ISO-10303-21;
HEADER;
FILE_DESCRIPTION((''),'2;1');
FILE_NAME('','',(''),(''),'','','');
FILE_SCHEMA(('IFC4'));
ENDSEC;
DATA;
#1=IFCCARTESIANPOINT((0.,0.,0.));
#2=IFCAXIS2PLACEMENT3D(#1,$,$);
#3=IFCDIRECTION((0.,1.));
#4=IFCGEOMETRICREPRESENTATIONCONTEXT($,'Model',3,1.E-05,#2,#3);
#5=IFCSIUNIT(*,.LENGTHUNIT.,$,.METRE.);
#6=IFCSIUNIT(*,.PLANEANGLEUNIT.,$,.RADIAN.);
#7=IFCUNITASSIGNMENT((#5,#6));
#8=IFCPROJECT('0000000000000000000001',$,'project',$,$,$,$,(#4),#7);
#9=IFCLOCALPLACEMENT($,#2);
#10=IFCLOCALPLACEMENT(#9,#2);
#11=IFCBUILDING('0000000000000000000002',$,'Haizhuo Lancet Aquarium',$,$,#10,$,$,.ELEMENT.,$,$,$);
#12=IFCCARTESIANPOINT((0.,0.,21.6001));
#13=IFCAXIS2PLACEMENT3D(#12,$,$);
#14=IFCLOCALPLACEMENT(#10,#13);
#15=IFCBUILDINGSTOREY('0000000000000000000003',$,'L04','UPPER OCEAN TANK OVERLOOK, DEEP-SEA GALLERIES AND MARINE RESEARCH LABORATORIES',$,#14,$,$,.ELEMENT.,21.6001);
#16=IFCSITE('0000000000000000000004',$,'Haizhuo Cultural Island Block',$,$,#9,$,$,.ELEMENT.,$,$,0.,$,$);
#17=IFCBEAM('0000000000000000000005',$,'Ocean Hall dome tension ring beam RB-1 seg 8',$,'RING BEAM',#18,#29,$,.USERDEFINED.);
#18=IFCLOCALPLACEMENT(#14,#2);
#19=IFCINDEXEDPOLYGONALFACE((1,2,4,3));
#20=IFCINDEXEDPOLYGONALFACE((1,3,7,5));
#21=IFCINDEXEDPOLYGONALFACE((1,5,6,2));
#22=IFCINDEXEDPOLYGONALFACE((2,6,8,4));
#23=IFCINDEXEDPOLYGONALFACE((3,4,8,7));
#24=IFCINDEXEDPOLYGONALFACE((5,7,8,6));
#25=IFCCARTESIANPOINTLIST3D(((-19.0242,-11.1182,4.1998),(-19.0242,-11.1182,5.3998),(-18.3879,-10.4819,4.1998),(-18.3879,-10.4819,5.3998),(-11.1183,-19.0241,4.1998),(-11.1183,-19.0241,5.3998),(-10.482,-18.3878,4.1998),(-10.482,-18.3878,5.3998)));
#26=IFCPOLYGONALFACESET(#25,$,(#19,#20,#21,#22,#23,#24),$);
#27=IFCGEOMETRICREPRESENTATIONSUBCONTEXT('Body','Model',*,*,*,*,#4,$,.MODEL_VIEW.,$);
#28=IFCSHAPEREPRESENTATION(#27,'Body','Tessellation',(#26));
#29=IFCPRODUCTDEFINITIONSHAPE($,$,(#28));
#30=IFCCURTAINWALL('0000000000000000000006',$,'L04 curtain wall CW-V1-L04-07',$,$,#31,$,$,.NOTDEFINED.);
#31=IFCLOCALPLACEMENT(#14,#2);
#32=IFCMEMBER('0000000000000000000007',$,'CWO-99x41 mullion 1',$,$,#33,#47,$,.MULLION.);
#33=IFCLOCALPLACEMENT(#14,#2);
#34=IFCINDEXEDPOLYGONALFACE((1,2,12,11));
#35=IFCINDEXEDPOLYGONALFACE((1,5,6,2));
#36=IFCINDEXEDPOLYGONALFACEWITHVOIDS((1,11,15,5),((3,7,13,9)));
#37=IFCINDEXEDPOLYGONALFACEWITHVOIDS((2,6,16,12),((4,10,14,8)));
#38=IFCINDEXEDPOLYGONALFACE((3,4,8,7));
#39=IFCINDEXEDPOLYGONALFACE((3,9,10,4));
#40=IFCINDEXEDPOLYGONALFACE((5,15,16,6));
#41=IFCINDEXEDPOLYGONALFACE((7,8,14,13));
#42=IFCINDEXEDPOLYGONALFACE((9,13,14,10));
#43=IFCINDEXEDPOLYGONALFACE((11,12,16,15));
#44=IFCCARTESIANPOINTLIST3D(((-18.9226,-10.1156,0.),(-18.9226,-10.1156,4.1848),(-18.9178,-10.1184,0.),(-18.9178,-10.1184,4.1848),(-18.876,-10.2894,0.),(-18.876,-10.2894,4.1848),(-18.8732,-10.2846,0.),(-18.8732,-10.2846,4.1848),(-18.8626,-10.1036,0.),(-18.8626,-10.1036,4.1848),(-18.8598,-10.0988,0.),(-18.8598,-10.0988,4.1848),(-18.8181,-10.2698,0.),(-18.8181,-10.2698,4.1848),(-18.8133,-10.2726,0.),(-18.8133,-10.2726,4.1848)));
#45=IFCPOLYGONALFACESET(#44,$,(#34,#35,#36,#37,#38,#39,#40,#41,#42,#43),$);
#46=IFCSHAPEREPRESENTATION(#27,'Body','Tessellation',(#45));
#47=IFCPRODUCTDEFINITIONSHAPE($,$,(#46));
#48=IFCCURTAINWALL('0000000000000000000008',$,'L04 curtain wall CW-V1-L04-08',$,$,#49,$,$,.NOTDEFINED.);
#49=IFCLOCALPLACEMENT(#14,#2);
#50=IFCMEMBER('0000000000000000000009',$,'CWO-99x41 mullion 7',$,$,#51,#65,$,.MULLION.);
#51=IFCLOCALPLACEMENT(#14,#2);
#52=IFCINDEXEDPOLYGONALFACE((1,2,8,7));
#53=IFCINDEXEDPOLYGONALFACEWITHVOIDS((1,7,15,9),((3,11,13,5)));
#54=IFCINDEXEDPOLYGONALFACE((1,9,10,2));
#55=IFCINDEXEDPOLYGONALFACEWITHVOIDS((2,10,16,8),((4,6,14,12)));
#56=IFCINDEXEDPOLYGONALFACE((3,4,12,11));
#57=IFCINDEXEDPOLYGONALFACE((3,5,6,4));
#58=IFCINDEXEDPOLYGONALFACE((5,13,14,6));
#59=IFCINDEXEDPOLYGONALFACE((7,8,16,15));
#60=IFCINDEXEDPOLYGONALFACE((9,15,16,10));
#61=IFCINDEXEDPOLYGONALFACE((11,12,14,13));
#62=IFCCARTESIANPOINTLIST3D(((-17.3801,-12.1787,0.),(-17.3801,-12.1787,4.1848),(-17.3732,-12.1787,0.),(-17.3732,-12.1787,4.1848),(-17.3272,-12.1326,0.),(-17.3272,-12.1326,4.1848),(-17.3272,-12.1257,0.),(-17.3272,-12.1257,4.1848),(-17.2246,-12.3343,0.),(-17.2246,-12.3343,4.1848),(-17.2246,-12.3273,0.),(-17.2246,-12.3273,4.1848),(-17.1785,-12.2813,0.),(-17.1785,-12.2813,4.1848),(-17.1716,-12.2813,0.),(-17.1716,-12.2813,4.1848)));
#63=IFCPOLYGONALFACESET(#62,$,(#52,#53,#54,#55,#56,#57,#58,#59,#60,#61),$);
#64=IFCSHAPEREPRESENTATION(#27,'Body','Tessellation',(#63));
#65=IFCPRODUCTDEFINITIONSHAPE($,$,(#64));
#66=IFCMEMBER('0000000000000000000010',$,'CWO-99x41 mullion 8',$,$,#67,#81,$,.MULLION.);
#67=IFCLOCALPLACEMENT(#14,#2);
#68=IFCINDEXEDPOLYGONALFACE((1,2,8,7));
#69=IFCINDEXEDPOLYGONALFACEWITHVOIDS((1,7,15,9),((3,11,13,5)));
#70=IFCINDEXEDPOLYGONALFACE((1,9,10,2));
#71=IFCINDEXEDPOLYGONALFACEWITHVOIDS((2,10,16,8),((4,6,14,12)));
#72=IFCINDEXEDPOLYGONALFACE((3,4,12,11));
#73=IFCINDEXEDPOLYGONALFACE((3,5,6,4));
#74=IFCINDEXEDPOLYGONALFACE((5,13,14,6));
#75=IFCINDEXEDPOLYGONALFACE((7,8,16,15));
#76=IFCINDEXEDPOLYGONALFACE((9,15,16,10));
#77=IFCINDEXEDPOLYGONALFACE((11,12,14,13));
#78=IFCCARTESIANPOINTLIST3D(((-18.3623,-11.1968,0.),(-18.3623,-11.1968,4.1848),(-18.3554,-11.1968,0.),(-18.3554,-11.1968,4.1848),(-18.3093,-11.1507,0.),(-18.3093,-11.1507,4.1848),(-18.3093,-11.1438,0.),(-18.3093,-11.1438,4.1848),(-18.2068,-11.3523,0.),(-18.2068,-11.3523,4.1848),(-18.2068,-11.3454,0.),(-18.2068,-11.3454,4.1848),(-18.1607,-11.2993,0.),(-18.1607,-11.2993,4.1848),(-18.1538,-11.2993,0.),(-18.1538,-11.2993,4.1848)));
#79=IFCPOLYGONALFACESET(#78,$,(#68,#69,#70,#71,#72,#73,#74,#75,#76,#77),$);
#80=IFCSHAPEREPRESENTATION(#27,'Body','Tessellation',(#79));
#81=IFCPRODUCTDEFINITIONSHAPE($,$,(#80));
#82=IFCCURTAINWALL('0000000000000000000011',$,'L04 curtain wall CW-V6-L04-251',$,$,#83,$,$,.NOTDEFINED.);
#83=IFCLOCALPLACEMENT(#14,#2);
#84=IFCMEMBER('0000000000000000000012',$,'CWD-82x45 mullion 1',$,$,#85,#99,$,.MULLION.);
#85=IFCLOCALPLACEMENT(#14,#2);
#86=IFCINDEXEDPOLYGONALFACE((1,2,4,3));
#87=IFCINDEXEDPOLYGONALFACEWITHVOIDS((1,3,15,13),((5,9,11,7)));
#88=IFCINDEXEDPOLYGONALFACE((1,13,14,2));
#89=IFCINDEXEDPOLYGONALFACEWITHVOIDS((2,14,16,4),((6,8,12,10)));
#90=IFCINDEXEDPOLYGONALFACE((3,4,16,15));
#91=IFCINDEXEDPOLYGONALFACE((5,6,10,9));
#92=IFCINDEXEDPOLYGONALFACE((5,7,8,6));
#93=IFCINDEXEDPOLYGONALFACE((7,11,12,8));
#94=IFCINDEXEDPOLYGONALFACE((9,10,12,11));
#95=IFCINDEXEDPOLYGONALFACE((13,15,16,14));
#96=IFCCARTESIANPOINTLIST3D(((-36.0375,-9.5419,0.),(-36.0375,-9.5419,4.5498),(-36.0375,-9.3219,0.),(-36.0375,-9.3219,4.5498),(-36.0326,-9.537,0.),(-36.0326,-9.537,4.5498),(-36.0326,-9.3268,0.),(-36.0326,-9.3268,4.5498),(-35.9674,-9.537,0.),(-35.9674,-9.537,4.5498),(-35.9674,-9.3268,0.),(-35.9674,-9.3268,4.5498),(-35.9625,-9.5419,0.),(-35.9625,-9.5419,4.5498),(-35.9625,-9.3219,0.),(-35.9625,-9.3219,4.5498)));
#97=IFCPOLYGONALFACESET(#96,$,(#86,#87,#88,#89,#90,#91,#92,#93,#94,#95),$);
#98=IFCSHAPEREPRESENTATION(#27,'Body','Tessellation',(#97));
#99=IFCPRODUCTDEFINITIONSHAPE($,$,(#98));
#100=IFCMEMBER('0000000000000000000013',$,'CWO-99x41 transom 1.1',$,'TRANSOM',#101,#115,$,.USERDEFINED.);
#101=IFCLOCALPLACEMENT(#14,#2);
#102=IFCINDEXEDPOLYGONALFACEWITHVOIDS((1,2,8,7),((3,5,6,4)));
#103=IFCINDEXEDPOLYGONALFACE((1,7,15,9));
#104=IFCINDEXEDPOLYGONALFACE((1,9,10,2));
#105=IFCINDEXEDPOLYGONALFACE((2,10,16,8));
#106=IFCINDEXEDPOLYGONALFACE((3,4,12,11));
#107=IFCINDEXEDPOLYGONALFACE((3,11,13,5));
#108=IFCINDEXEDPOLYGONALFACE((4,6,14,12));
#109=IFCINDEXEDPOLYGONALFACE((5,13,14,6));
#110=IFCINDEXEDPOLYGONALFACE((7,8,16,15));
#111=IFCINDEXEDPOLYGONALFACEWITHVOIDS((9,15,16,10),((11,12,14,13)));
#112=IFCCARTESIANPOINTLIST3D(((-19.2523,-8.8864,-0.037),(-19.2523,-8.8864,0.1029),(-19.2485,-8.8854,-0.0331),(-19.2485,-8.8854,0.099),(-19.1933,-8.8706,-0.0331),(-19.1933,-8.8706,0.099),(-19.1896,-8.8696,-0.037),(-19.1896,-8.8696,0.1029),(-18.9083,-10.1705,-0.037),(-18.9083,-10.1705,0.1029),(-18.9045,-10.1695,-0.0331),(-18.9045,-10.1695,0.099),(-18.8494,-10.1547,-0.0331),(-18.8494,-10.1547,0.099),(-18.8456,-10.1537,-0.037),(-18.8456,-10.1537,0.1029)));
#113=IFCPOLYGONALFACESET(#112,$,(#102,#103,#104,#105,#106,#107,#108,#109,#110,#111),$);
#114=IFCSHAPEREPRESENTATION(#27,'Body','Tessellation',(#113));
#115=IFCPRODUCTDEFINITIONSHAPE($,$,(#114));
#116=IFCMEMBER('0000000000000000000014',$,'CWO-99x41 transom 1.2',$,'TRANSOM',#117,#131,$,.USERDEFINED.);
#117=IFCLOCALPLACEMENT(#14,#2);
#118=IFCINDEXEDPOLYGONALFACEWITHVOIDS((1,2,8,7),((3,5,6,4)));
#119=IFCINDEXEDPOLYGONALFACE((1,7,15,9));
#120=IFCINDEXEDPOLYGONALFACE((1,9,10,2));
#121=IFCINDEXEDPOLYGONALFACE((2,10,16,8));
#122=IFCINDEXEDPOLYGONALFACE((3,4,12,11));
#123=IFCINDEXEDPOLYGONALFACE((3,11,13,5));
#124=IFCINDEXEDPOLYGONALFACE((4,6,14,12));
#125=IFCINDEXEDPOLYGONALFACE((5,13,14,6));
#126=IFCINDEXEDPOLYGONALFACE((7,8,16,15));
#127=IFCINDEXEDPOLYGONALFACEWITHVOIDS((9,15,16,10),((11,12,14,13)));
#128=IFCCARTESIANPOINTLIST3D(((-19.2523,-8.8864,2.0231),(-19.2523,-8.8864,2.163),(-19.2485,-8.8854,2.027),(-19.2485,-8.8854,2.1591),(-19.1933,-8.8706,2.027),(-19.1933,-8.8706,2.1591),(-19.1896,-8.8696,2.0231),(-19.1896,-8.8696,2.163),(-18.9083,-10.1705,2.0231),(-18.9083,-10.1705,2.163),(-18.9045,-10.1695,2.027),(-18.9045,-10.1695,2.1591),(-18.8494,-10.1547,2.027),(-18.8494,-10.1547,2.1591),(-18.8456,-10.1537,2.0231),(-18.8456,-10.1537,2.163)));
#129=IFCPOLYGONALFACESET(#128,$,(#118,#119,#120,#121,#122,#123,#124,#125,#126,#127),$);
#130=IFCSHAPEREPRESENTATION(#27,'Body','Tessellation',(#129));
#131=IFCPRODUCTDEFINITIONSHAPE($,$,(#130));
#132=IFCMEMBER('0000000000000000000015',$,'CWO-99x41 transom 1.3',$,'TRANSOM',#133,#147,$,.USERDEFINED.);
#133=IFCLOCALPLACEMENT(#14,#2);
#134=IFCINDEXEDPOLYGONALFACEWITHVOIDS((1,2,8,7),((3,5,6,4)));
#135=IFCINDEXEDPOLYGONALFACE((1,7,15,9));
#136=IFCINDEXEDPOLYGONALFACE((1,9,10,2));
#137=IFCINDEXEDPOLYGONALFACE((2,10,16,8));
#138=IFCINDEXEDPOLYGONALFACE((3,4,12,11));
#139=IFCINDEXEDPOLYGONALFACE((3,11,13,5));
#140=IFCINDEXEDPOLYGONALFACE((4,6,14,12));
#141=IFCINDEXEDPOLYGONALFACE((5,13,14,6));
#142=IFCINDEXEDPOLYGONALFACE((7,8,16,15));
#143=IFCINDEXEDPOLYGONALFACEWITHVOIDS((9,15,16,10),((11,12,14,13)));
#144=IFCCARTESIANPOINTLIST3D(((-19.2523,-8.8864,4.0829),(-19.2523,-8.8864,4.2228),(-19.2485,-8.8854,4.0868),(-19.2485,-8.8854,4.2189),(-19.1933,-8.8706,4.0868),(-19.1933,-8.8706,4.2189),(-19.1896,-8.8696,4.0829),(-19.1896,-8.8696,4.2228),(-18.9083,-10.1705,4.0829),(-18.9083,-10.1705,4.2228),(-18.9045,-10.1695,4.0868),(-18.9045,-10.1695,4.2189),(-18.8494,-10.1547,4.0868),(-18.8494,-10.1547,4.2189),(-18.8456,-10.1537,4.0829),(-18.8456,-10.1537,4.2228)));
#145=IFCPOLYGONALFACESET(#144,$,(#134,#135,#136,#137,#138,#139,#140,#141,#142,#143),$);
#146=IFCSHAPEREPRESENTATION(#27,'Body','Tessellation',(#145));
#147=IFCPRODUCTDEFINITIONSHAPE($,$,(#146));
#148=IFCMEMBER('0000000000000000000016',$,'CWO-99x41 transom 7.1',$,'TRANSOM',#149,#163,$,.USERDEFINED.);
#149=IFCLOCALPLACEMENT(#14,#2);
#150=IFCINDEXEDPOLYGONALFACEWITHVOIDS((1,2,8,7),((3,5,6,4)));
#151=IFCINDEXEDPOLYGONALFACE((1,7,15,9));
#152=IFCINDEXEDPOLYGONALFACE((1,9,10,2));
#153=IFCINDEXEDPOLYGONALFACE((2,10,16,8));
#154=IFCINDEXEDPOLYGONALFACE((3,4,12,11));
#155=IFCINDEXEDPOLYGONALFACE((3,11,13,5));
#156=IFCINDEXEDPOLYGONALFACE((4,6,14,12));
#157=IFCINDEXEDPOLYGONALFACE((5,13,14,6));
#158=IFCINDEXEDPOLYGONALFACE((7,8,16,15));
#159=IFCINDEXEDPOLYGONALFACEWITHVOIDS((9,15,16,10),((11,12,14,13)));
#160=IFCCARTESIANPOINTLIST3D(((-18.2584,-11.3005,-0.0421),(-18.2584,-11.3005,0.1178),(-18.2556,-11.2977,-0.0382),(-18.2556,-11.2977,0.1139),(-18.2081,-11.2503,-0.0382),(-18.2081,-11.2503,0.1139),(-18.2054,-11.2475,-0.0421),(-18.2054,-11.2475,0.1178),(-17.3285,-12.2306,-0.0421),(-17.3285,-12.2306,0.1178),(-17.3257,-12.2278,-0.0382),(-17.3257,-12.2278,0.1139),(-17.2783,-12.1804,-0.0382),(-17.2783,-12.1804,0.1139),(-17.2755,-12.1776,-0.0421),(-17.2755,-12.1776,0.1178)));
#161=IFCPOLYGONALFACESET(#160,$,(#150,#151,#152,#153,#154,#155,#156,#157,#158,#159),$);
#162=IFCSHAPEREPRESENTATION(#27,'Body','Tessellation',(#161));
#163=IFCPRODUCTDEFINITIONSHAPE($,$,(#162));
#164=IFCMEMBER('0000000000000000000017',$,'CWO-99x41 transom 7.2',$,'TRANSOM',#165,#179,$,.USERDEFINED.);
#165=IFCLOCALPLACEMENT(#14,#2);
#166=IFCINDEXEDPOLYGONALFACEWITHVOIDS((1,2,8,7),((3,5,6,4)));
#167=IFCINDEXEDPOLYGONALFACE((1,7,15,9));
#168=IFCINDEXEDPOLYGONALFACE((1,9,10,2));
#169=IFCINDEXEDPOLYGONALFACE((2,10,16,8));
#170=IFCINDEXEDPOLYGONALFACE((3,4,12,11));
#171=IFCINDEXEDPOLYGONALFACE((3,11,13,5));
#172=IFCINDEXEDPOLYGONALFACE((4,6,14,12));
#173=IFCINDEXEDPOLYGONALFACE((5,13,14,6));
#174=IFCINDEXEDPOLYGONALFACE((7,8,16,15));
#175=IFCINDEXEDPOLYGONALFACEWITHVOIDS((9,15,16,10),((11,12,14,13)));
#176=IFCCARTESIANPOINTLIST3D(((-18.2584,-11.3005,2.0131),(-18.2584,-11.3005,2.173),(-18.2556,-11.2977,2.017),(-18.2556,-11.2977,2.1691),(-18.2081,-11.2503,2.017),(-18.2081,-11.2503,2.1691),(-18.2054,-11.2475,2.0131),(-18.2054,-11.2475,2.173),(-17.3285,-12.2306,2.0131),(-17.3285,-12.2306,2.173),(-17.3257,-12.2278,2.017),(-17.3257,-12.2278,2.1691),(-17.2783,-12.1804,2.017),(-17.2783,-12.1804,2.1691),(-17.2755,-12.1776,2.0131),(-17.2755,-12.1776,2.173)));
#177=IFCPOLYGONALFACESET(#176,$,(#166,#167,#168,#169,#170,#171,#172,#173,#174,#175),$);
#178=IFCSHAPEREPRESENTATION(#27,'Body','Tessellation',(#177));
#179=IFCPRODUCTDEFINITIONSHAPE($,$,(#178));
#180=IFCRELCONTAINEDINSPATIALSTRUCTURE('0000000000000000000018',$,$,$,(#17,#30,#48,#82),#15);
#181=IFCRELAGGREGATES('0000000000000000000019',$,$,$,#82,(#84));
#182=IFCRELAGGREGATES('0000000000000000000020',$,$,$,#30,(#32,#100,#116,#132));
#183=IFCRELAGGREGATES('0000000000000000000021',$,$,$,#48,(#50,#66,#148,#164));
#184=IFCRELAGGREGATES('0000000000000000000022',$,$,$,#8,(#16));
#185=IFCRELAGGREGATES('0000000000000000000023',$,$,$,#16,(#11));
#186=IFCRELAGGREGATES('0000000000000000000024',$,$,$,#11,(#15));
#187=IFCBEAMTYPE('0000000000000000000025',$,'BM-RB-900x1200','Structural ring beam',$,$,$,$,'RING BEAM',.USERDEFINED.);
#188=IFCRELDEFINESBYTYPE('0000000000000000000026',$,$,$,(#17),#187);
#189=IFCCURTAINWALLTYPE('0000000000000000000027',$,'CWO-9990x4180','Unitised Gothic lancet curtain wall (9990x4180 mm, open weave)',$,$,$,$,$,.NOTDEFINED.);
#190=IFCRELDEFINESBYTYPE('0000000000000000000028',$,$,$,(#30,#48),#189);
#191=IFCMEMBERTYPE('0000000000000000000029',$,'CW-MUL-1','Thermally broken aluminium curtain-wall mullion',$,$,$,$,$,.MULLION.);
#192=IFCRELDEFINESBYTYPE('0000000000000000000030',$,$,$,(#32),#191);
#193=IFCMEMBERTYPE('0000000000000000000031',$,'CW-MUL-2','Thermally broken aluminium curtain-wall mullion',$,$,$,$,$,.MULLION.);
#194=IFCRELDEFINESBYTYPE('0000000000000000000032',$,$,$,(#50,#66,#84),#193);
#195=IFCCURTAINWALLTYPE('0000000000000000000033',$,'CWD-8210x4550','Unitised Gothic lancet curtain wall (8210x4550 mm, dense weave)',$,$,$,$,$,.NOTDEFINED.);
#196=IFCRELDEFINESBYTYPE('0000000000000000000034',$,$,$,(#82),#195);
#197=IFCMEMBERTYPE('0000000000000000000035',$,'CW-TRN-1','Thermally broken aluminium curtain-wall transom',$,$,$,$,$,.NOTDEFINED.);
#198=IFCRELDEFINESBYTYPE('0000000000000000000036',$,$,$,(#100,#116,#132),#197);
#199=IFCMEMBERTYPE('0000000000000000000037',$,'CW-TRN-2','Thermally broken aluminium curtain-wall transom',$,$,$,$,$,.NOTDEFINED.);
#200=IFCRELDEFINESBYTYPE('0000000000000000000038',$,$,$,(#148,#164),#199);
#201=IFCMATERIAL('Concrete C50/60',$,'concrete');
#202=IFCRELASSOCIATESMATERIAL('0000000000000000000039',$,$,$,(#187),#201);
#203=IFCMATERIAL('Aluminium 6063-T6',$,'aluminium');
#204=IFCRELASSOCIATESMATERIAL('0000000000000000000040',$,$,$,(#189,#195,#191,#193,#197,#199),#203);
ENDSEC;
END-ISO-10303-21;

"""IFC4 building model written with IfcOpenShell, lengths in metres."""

from ifc_helpers import new_model, si_unit, direction, frame, origin, origin_2d, place, context, subcontext, project, spatial, rectangle, hollow_rectangle, extrude, material, material_profile, profile_set, type_object, element, aggregate, save


model = new_model("IFC4")

# Units and contexts
model_context = context("Model", 3, precision=1e-05, world=origin(), true_north=direction((0.0, 1.0)))
body_context = subcontext(model_context, "Body", "Model", "MODEL_VIEW")
ifc_project = project(units=[si_unit("LENGTHUNIT", "METRE"), si_unit("PLANEANGLEUNIT", "RADIAN")], contexts=[model_context])

# Site, building, storey
site_placement = place(None, origin())
site = spatial("IfcSite", under=ifc_project, at=site_placement, Name="Haizhuo Cultural Island Block", CompositionType="ELEMENT", RefElevation=0.0)
building_placement = place(site_placement, origin())
building = spatial("IfcBuilding", under=site, at=building_placement, Name="Haizhuo Lancet Aquarium", CompositionType="ELEMENT")
storey_placement = place(building_placement, frame((0.0, 0.0, 21.6001)))
storey = spatial("IfcBuildingStorey", under=building, at=storey_placement, Name="L04", Description="UPPER OCEAN TANK OVERLOOK, DEEP-SEA GALLERIES AND MARINE RESEARCH LABORATORIES", CompositionType="ELEMENT", Elevation=21.6001)

# Shared definitions
ifc_material_1 = material(Name="Concrete C50/60", Category="concrete")

# Beam
ifc_material_profile_1 = material_profile(ifc_material_1, rectangle(XDim=0.8999, YDim=1.2, at=origin_2d()), Name="RC-RB 900x1200")
ifc_profile_set_1 = profile_set([ifc_material_profile_1], Name="Concrete C50/60")
beam_type = type_object("IfcBeamType", Name="BM-RB-900x1200", Description="Structural ring beam", ElementType="RING BEAM", PredefinedType="USERDEFINED", material=ifc_profile_set_1)
beam_placement = place(storey_placement, frame((-18.7061, -10.8, 4.7998), z_axis=(0.707107, -0.707107, 0.0), x_axis=(0.707107, 0.707107, 0.0)))
element("IfcBeam", 1, at=beam_placement, inside=storey, type_object=beam_type, Name="Ocean Hall dome tension ring beam RB-1 seg 8", ObjectType="RING BEAM", PredefinedType="USERDEFINED", context=body_context, shape_type="SweptSolid", body=[
    extrude(rectangle(XDim=0.8999, YDim=1.2, at=origin_2d()), origin(), (0.0, 0.0, 1.0), 11.1807),
])

# Curtain wall, member
ifc_material_2 = material(Name="Aluminium 6063-T6", Category="aluminium")
curtain_wall_type_1 = type_object("IfcCurtainWallType", Name="CWO-9990x4180", Description="Unitised Gothic lancet curtain wall (9990x4180 mm, open weave)", PredefinedType="NOTDEFINED", material=ifc_material_2)
curtain_wall_1_placement = place(storey_placement, origin())
curtain_wall_1 = element("IfcCurtainWall", 2, at=curtain_wall_1_placement, inside=storey, type_object=curtain_wall_type_1, Name="L04 curtain wall CW-V1-L04-07", PredefinedType="NOTDEFINED")
ifc_material_profile_2 = material_profile(ifc_material_2, hollow_rectangle(XDim=0.0649, YDim=0.1799, WallThickness=0.0039, at=origin_2d()), Name="ALU-M 65x180x4")
ifc_profile_set_2 = profile_set([ifc_material_profile_2], Name="Aluminium 6063-T6")
member_type_1 = type_object("IfcMemberType", Name="CW-MUL-1", Description="Thermally broken aluminium curtain-wall mullion", PredefinedType="MULLION", material=ifc_profile_set_2)
member_1_placement = place(storey_placement, frame((-18.8679, -10.1941, 0.0), z_axis=(0.0, 0.0, 1.0), x_axis=(-0.965917, -0.258853, 0.0)))
member_1 = element("IfcMember", 3, at=member_1_placement, type_object=member_type_1, Name="CWO-99x41 mullion 1", PredefinedType="MULLION", context=body_context, shape_type="SweptSolid", body=[
    extrude(hollow_rectangle(XDim=0.0649, YDim=0.1799, WallThickness=0.0039, at=origin_2d()), origin(), (0.0, 0.0, 1.0), 4.1848),
])

# Curtain wall, members
curtain_wall_2_placement = place(storey_placement, origin())
curtain_wall_2 = element("IfcCurtainWall", 4, at=curtain_wall_2_placement, inside=storey, type_object=curtain_wall_type_1, Name="L04 curtain wall CW-V1-L04-08", PredefinedType="NOTDEFINED")
ifc_material_profile_3 = material_profile(ifc_material_2, hollow_rectangle(XDim=0.075, YDim=0.22, WallThickness=0.0049, at=origin_2d()), Name="ALU-M 75x220x5")
ifc_profile_set_3 = profile_set([ifc_material_profile_3], Name="Aluminium 6063-T6")
member_type_2 = type_object("IfcMemberType", Name="CW-MUL-2", Description="Thermally broken aluminium curtain-wall mullion", PredefinedType="MULLION", material=ifc_profile_set_3)
member_2_placement = place(storey_placement, frame((-17.2759, -12.23, 0.0), z_axis=(0.0, 0.0, 1.0), x_axis=(-0.707107, -0.707107, 0.0)))
member_2 = element("IfcMember", 5, at=member_2_placement, type_object=member_type_2, Name="CWO-99x41 mullion 7", PredefinedType="MULLION", context=body_context, shape_type="SweptSolid", body=[
    extrude(hollow_rectangle(XDim=0.075, YDim=0.22, WallThickness=0.0049, at=origin_2d()), origin(), (0.0, 0.0, 1.0), 4.1848),
])
member_3_placement = place(storey_placement, frame((-18.2581, -11.248, 0.0), z_axis=(0.0, 0.0, 1.0), x_axis=(-0.707107, -0.707107, 0.0)))
member_3 = element("IfcMember", 6, at=member_3_placement, type_object=member_type_2, Name="CWO-99x41 mullion 8", PredefinedType="MULLION", context=body_context, shape_type="SweptSolid", body=[
    extrude(hollow_rectangle(XDim=0.075, YDim=0.22, WallThickness=0.0049, at=origin_2d()), origin(), (0.0, 0.0, 1.0), 4.1848),
])

# Curtain wall, member
curtain_wall_type_2 = type_object("IfcCurtainWallType", Name="CWD-8210x4550", Description="Unitised Gothic lancet curtain wall (8210x4550 mm, dense weave)", PredefinedType="NOTDEFINED", material=ifc_material_2)
curtain_wall_3_placement = place(storey_placement, origin())
curtain_wall_3 = element("IfcCurtainWall", 7, at=curtain_wall_3_placement, inside=storey, type_object=curtain_wall_type_2, Name="L04 curtain wall CW-V6-L04-251", PredefinedType="NOTDEFINED")
member_4_placement = place(storey_placement, frame((-36.0, -9.4319, 0.0), z_axis=(0.0, 0.0, 1.0), x_axis=(1.0, 0.0, 0.0)))
member_4 = element("IfcMember", 8, at=member_4_placement, type_object=member_type_2, Name="CWD-82x45 mullion 1", PredefinedType="MULLION", context=body_context, shape_type="SweptSolid", body=[
    extrude(hollow_rectangle(XDim=0.075, YDim=0.22, WallThickness=0.0049, at=origin_2d()), origin(), (0.0, 0.0, 1.0), 4.5498),
])
aggregate(curtain_wall_3, [member_4])

# Members
ifc_material_profile_4 = material_profile(ifc_material_2, hollow_rectangle(XDim=0.0649, YDim=0.1399, WallThickness=0.0039, at=origin_2d()), Name="ALU-T 65x140x4")
ifc_profile_set_4 = profile_set([ifc_material_profile_4], Name="Aluminium 6063-T6")
member_type_3 = type_object("IfcMemberType", Name="CW-TRN-1", Description="Thermally broken aluminium curtain-wall transom", PredefinedType="NOTDEFINED", material=ifc_profile_set_4)
member_5_placement = place(storey_placement, frame((-18.877, -10.1621, 0.033), z_axis=(-0.258748, 0.965945, 0.0), x_axis=(-0.965945, -0.258748, 0.0)))
member_5 = element("IfcMember", 9, at=member_5_placement, type_object=member_type_3, Name="CWO-99x41 transom 1.1", ObjectType="TRANSOM", PredefinedType="USERDEFINED", context=body_context, shape_type="SweptSolid", body=[
    extrude(hollow_rectangle(XDim=0.0649, YDim=0.1399, WallThickness=0.0039, at=origin_2d()), origin(), (0.0, 0.0, 1.0), 1.3293),
])
member_6_placement = place(storey_placement, frame((-18.877, -10.1621, 2.093), z_axis=(-0.258748, 0.965945, 0.0), x_axis=(-0.965945, -0.258748, 0.0)))
member_6 = element("IfcMember", 10, at=member_6_placement, type_object=member_type_3, Name="CWO-99x41 transom 1.2", ObjectType="TRANSOM", PredefinedType="USERDEFINED", context=body_context, shape_type="SweptSolid", body=[
    extrude(hollow_rectangle(XDim=0.0649, YDim=0.1399, WallThickness=0.0039, at=origin_2d()), origin(), (0.0, 0.0, 1.0), 1.3293),
])
member_7_placement = place(storey_placement, frame((-18.877, -10.1621, 4.1528), z_axis=(-0.258748, 0.965945, 0.0), x_axis=(-0.965945, -0.258748, 0.0)))
member_7 = element("IfcMember", 11, at=member_7_placement, type_object=member_type_3, Name="CWO-99x41 transom 1.3", ObjectType="TRANSOM", PredefinedType="USERDEFINED", context=body_context, shape_type="SweptSolid", body=[
    extrude(hollow_rectangle(XDim=0.0649, YDim=0.1399, WallThickness=0.0039, at=origin_2d()), origin(), (0.0, 0.0, 1.0), 1.3293),
])
ifc_material_profile_5 = material_profile(ifc_material_2, hollow_rectangle(XDim=0.075, YDim=0.1599, WallThickness=0.0039, at=origin_2d()), Name="ALU-T 75x160x4")
ifc_profile_set_5 = profile_set([ifc_material_profile_5], Name="Aluminium 6063-T6")
member_type_4 = type_object("IfcMemberType", Name="CW-TRN-2", Description="Thermally broken aluminium curtain-wall transom", PredefinedType="NOTDEFINED", material=ifc_profile_set_5)
member_8_placement = place(storey_placement, frame((-17.302, -12.2041, 0.0378), z_axis=(-0.707014, 0.7072, 0.0), x_axis=(-0.7072, -0.707014, 0.0)))
member_8 = element("IfcMember", 12, at=member_8_placement, type_object=member_type_4, Name="CWO-99x41 transom 7.1", ObjectType="TRANSOM", PredefinedType="USERDEFINED", context=body_context, shape_type="SweptSolid", body=[
    extrude(hollow_rectangle(XDim=0.075, YDim=0.1599, WallThickness=0.0039, at=origin_2d()), origin(), (0.0, 0.0, 1.0), 1.3152),
])
member_9_placement = place(storey_placement, frame((-17.302, -12.2041, 2.093), z_axis=(-0.707014, 0.7072, 0.0), x_axis=(-0.7072, -0.707014, 0.0)))
member_9 = element("IfcMember", 13, at=member_9_placement, type_object=member_type_4, Name="CWO-99x41 transom 7.2", ObjectType="TRANSOM", PredefinedType="USERDEFINED", context=body_context, shape_type="SweptSolid", body=[
    extrude(hollow_rectangle(XDim=0.075, YDim=0.1599, WallThickness=0.0039, at=origin_2d()), origin(), (0.0, 0.0, 1.0), 1.3152),
])

aggregate(curtain_wall_1, [member_1, member_5, member_6, member_7])
aggregate(curtain_wall_2, [member_2, member_3, member_8, member_9])

save(model, "model.ifc")
